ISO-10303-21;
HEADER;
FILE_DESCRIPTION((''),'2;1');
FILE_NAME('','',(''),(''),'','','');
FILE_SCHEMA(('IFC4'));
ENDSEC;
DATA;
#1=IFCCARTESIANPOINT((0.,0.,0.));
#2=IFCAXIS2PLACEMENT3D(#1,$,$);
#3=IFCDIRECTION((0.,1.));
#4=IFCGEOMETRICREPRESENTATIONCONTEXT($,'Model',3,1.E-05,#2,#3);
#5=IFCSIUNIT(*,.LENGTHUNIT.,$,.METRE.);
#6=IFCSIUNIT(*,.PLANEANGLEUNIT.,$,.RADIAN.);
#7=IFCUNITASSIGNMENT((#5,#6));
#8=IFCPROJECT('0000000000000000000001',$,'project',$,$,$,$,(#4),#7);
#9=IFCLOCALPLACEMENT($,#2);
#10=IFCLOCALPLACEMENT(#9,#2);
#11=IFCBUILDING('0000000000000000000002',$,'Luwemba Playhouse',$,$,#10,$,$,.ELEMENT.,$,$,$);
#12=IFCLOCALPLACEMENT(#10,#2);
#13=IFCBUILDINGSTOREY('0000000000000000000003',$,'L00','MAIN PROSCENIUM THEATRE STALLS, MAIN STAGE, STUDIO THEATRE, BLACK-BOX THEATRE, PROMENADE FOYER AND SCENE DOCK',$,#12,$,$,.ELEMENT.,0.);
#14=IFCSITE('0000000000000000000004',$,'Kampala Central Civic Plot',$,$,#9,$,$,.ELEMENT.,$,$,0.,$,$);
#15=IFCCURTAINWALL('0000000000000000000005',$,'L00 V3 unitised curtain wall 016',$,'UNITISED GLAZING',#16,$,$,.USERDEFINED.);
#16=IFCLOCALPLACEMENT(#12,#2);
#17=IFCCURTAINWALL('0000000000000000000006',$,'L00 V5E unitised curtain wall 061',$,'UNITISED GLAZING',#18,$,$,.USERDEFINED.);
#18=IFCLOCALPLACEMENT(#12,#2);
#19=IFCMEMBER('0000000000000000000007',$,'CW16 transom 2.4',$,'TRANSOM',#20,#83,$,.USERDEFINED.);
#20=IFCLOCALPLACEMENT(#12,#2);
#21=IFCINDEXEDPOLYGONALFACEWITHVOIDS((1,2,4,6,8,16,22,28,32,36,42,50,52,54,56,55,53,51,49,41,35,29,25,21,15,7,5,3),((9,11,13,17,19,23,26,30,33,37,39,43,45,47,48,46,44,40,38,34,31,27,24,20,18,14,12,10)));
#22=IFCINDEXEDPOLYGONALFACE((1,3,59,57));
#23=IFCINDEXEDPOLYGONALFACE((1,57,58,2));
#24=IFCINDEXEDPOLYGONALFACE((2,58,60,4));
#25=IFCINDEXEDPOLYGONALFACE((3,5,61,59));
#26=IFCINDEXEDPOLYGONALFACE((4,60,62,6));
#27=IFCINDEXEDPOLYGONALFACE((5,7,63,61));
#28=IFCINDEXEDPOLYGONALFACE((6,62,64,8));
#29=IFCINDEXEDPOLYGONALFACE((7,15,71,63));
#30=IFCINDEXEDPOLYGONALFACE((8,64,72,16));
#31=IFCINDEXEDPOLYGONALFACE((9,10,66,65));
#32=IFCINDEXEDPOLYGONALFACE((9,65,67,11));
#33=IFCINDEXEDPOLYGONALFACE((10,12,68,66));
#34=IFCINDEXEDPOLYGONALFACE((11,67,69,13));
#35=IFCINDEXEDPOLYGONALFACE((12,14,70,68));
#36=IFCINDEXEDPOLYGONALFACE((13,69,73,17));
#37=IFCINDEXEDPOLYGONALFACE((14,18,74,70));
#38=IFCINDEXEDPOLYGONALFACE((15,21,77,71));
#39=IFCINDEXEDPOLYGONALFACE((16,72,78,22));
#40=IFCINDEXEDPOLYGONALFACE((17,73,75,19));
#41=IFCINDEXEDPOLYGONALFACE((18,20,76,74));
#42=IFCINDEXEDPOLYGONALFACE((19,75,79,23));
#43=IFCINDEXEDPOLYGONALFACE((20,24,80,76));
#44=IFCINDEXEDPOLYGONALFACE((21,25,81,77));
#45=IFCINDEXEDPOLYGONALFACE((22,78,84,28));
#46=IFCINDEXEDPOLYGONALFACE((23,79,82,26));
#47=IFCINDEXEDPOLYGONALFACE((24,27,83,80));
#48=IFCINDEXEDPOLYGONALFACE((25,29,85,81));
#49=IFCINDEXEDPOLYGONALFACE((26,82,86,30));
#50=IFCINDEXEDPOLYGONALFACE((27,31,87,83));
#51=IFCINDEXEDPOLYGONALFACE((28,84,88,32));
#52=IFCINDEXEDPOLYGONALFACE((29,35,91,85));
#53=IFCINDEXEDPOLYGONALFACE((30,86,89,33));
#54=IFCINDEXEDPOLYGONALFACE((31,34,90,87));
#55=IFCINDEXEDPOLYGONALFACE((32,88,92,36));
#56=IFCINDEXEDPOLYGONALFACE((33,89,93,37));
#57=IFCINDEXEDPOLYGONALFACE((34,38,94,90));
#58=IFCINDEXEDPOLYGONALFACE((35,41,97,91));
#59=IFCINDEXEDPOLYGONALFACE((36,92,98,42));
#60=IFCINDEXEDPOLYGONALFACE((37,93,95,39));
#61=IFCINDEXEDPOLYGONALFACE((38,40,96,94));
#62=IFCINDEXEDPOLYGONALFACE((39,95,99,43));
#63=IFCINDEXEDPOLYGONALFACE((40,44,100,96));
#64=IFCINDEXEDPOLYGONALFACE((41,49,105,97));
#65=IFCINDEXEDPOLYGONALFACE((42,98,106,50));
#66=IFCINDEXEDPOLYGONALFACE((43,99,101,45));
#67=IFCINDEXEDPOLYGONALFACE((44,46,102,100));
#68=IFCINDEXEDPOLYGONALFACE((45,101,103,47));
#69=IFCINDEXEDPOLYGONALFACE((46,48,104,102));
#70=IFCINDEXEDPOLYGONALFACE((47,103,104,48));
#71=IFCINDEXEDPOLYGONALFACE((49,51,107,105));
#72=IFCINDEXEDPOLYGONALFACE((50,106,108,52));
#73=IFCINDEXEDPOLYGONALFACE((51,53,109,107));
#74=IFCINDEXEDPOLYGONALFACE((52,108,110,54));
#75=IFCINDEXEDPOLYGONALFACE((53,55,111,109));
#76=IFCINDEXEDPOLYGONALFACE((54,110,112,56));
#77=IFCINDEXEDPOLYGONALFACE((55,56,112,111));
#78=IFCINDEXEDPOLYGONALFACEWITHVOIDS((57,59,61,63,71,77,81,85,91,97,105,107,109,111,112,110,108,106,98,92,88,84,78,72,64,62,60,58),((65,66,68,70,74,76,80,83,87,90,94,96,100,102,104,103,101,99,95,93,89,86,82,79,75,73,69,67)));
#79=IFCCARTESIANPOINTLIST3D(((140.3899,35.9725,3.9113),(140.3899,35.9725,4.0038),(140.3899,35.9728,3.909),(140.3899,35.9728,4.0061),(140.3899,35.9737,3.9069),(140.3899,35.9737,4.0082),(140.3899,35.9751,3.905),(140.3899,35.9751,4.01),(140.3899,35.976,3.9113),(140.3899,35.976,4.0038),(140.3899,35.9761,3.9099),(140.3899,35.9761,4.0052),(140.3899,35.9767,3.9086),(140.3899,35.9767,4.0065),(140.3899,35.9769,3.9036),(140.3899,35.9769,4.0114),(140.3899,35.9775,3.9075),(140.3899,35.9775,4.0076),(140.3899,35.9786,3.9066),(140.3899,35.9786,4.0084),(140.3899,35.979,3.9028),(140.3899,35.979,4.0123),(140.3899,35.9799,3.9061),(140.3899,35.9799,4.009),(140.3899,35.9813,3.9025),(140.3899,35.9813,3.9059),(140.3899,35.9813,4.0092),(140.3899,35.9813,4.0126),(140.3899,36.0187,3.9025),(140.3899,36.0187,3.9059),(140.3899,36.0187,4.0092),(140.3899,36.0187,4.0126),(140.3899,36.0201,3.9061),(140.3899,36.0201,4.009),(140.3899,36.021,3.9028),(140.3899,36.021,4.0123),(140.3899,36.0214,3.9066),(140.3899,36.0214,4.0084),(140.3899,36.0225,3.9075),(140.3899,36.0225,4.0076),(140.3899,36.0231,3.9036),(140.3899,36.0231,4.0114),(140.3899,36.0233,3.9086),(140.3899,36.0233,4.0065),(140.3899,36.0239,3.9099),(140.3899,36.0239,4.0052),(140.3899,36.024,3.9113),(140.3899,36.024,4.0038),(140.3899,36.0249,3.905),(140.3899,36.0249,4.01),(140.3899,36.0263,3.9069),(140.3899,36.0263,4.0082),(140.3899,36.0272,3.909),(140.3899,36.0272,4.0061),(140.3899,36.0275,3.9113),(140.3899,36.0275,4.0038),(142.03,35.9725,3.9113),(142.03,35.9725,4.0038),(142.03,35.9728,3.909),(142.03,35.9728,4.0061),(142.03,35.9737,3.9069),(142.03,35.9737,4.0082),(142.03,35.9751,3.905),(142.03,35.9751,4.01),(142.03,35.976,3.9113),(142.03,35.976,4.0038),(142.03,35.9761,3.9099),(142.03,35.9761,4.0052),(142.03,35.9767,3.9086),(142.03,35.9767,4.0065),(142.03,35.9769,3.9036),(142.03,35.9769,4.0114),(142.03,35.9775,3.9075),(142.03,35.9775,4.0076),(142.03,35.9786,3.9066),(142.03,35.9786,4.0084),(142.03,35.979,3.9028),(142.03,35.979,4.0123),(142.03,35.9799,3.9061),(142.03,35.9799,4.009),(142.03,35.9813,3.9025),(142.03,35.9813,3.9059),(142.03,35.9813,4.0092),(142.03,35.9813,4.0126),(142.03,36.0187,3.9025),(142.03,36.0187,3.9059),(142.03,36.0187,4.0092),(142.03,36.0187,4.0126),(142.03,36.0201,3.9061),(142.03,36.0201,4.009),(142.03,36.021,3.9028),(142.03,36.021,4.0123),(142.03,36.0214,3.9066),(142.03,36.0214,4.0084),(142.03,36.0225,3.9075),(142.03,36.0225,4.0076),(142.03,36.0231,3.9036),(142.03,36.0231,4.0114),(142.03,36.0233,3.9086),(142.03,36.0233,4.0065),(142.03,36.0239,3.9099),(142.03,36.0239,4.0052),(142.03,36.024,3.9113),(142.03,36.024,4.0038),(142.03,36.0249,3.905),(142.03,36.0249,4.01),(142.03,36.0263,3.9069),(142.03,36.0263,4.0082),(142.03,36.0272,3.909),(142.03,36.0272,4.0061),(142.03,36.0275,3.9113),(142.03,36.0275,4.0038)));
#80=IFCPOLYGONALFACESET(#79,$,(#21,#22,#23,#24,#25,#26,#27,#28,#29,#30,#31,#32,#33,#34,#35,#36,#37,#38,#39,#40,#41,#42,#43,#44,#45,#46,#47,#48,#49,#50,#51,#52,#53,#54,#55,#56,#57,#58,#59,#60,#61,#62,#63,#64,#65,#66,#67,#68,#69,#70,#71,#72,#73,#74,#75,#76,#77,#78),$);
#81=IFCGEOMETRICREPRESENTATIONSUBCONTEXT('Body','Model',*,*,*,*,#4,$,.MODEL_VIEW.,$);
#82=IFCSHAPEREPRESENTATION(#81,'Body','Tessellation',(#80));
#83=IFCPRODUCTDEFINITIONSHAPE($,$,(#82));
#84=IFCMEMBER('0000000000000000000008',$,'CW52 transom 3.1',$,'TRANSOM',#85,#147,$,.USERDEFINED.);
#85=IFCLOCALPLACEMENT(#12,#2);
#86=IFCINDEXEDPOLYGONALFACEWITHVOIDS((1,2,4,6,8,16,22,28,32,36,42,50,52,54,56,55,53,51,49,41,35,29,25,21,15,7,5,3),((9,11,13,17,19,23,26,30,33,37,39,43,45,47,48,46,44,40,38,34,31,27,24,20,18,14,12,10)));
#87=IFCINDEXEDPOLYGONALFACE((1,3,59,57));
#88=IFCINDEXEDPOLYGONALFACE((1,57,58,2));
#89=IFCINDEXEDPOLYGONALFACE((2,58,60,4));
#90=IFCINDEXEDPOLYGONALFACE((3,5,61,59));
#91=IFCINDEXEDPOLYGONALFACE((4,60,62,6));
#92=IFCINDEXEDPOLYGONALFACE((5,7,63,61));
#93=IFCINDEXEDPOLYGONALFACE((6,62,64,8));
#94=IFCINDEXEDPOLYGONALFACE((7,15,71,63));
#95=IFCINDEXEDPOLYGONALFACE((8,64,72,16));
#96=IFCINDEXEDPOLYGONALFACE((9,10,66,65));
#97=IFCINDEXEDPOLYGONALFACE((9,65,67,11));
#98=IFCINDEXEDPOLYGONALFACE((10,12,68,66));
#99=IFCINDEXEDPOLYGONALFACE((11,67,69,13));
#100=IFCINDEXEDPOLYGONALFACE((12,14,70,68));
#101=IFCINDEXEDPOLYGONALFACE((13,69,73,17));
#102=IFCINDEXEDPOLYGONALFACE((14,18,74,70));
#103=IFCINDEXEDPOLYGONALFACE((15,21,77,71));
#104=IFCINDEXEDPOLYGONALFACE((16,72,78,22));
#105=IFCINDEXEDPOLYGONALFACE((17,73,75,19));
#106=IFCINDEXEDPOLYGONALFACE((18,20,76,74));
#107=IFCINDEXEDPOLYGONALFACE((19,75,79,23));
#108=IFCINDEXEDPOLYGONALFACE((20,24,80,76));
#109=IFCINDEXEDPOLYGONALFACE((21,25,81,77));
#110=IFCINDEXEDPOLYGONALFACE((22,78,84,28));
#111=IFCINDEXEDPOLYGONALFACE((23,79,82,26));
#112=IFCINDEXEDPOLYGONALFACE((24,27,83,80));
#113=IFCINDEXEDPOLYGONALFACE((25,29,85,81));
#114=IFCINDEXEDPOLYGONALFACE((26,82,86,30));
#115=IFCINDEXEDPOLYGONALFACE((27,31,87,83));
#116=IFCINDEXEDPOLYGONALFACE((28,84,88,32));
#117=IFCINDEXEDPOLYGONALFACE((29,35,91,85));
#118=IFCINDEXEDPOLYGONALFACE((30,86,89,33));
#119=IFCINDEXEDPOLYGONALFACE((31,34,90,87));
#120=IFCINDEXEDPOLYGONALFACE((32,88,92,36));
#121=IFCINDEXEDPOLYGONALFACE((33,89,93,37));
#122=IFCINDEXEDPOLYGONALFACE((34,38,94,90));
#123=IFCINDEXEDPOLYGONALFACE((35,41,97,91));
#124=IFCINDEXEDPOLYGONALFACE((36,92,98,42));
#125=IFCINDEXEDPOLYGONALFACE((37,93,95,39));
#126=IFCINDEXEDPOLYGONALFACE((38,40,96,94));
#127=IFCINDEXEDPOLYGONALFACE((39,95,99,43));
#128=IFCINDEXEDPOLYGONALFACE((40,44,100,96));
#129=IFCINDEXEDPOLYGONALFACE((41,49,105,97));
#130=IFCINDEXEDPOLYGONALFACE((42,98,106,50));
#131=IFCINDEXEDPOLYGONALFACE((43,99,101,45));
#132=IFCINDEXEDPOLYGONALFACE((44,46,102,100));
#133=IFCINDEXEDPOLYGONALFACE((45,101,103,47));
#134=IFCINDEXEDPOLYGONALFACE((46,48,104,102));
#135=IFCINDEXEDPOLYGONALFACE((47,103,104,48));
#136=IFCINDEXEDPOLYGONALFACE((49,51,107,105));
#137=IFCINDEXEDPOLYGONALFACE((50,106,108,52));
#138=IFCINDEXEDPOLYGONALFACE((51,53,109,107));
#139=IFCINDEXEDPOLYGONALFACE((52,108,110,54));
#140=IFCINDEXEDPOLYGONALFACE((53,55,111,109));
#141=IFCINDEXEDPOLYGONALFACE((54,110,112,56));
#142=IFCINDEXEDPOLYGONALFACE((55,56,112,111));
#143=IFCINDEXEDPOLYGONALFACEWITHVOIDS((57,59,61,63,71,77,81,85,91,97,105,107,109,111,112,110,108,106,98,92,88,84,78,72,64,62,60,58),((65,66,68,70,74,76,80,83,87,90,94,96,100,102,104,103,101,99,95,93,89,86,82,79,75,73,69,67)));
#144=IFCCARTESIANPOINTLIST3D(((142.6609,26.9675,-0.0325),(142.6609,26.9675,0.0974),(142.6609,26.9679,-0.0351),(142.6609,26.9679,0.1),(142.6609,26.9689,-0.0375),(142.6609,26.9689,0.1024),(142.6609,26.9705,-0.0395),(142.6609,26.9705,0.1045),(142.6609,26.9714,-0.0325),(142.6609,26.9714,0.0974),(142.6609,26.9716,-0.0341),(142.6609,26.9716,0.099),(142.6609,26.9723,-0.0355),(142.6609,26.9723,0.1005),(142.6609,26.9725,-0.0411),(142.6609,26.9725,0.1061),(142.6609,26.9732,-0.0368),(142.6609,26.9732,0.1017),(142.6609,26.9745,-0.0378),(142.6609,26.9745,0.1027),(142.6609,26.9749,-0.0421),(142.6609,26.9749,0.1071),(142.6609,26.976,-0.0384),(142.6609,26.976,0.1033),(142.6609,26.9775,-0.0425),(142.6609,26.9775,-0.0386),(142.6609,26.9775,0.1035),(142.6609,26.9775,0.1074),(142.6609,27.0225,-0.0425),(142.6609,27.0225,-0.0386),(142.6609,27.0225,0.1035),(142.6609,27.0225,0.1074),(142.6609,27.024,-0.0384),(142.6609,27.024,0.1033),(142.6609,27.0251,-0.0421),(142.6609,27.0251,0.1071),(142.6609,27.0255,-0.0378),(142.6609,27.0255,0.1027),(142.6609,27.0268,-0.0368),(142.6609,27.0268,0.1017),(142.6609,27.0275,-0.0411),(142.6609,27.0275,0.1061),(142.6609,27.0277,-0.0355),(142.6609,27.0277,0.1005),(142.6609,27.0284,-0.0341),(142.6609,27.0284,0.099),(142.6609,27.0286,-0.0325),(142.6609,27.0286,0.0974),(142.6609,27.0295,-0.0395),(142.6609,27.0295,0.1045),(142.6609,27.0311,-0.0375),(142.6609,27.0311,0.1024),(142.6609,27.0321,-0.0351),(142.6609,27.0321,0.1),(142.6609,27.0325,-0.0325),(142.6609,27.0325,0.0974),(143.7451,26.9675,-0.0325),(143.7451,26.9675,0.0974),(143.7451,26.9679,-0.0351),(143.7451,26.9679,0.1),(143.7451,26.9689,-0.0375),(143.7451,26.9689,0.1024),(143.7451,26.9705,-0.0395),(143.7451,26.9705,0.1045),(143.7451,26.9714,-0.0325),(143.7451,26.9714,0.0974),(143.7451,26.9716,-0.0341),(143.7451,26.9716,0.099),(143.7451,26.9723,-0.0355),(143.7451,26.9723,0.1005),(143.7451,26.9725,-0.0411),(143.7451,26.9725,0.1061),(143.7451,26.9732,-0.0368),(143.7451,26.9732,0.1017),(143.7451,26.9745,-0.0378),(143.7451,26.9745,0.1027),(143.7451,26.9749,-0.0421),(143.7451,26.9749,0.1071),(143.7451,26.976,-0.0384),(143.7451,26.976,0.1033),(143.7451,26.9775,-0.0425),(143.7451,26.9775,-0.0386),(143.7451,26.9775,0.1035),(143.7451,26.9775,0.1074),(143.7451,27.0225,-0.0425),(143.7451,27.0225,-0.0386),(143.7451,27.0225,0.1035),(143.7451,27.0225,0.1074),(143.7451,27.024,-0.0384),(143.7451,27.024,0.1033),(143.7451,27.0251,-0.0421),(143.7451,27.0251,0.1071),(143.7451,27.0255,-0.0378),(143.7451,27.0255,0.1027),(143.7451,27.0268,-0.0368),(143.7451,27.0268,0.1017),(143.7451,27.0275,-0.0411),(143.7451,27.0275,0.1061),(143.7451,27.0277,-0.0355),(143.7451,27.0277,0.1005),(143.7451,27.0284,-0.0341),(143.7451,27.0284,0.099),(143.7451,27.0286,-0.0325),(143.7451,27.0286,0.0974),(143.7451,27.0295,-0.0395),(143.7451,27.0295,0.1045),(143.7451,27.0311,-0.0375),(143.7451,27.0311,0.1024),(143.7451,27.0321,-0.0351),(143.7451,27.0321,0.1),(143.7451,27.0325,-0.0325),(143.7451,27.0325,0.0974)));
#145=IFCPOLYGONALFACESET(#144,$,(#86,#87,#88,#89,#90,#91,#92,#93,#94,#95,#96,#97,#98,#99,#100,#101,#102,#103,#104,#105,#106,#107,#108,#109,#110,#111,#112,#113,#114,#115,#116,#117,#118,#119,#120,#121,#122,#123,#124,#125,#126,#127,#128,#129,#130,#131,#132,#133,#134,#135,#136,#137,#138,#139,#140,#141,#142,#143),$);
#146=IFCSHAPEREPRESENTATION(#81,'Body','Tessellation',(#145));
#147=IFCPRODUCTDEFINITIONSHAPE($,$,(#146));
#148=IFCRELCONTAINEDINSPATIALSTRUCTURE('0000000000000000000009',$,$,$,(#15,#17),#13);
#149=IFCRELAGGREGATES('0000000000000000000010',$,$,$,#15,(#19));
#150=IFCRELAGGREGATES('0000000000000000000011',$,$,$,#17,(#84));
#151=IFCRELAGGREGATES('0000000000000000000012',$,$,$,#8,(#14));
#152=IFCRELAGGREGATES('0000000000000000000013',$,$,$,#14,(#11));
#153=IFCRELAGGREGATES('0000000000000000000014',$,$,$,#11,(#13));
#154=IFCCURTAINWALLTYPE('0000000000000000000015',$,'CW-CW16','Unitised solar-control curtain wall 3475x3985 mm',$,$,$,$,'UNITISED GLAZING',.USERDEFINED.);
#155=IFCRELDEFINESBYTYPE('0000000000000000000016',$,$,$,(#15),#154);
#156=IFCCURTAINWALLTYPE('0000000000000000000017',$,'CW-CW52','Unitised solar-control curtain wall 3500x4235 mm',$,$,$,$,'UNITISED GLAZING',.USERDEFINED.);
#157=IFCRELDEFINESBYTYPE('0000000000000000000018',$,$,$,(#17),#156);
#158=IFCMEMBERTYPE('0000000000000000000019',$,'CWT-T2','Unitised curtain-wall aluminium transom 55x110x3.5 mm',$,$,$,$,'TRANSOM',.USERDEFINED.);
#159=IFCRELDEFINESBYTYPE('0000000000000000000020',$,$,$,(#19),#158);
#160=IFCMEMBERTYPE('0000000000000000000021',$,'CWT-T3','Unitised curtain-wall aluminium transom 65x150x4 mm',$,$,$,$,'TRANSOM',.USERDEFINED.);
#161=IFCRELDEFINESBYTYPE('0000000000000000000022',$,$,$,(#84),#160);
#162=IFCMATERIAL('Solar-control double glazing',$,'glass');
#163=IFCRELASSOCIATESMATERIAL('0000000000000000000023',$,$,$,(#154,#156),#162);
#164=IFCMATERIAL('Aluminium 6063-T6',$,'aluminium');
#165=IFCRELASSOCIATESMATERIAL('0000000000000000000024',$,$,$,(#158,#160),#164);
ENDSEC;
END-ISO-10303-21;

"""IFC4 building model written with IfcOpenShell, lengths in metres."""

from ifc_helpers import new_model, si_unit, direction, frame, origin, origin_2d, place, context, subcontext, project, spatial, hollow_rectangle, extrude, material, material_profile, profile_set, type_object, element, aggregate, save


model = new_model("IFC4")

# Units and contexts
model_context = context("Model", 3, precision=1e-05, world=origin(), true_north=direction((0.0, 1.0)))
body_context = subcontext(model_context, "Body", "Model", "MODEL_VIEW")
ifc_project = project(units=[si_unit("LENGTHUNIT", "METRE"), si_unit("PLANEANGLEUNIT", "RADIAN")], contexts=[model_context])

# Site, building, storey
site_placement = place(None, origin())
site = spatial("IfcSite", under=ifc_project, at=site_placement, Name="Kampala Central Civic Plot", CompositionType="ELEMENT", RefElevation=0.0)
building_placement = place(site_placement, origin())
building = spatial("IfcBuilding", under=site, at=building_placement, Name="Luwemba Playhouse", CompositionType="ELEMENT")
storey_placement = place(building_placement, origin())
storey = spatial("IfcBuildingStorey", under=building, at=storey_placement, Name="L00", Description="MAIN PROSCENIUM THEATRE STALLS, MAIN STAGE, STUDIO THEATRE, BLACK-BOX THEATRE, PROMENADE FOYER AND SCENE DOCK", CompositionType="ELEMENT", Elevation=0.0)

# Curtain wall
ifc_material_1 = material(Name="Solar-control double glazing", Category="glass")
curtain_wall_type_1 = type_object("IfcCurtainWallType", Name="CW-CW16", Description="Unitised solar-control curtain wall 3475x3985 mm", ElementType="UNITISED GLAZING", PredefinedType="USERDEFINED", material=ifc_material_1)
curtain_wall_1_placement = place(storey_placement, origin())
curtain_wall_1 = element("IfcCurtainWall", 1, at=curtain_wall_1_placement, inside=storey, type_object=curtain_wall_type_1, Name="L00 V3 unitised curtain wall 016", ObjectType="UNITISED GLAZING", PredefinedType="USERDEFINED")
ifc_material_2 = material(Name="Aluminium 6063-T6", Category="aluminium")

# Curtain wall
curtain_wall_type_2 = type_object("IfcCurtainWallType", Name="CW-CW52", Description="Unitised solar-control curtain wall 3500x4235 mm", ElementType="UNITISED GLAZING", PredefinedType="USERDEFINED", material=ifc_material_1)
curtain_wall_2_placement = place(storey_placement, origin())
curtain_wall_2 = element("IfcCurtainWall", 2, at=curtain_wall_2_placement, inside=storey, type_object=curtain_wall_type_2, Name="L00 V5E unitised curtain wall 061", ObjectType="UNITISED GLAZING", PredefinedType="USERDEFINED")

# Members
ifc_material_profile_1 = material_profile(ifc_material_2, hollow_rectangle(XDim=0.0549, YDim=0.1101, WallThickness=0.0034, InnerFilletRadius=0.0054, OuterFilletRadius=0.0088, at=origin_2d()))
ifc_profile_set_1 = profile_set([ifc_material_profile_1], Name="Aluminium 6063-T6")
member_type_1 = type_object("IfcMemberType", Name="CWT-T2", Description="Unitised curtain-wall aluminium transom 55x110x3.5 mm", ElementType="TRANSOM", PredefinedType="USERDEFINED", material=ifc_profile_set_1)
member_1_placement = place(storey_placement, frame((142.03, 36.0, 3.9575), z_axis=(-1.0, 0.0, 0.0), x_axis=(0.0, -1.0, 0.0)))
member_1 = element("IfcMember", 3, at=member_1_placement, type_object=member_type_1, Name="CW16 transom 2.4", ObjectType="TRANSOM", PredefinedType="USERDEFINED", context=body_context, shape_type="SweptSolid", body=[
    extrude(hollow_rectangle(XDim=0.0549, YDim=0.1101, WallThickness=0.0034, InnerFilletRadius=0.0054, OuterFilletRadius=0.0088, at=origin_2d()), origin(), (0.0, 0.0, 1.0), 1.6401),
])
ifc_material_profile_2 = material_profile(ifc_material_2, hollow_rectangle(XDim=0.0649, YDim=0.1499, WallThickness=0.0039, InnerFilletRadius=0.0061, OuterFilletRadius=0.01, at=origin_2d()))
ifc_profile_set_2 = profile_set([ifc_material_profile_2], Name="Aluminium 6063-T6")
member_type_2 = type_object("IfcMemberType", Name="CWT-T3", Description="Unitised curtain-wall aluminium transom 65x150x4 mm", ElementType="TRANSOM", PredefinedType="USERDEFINED", material=ifc_profile_set_2)
member_2_placement = place(storey_placement, frame((142.6609, 27.0, 0.0325), z_axis=(1.0, 0.0, 0.0), x_axis=(0.0, 1.0, 0.0)))
member_2 = element("IfcMember", 4, at=member_2_placement, type_object=member_type_2, Name="CW52 transom 3.1", ObjectType="TRANSOM", PredefinedType="USERDEFINED", context=body_context, shape_type="SweptSolid", body=[
    extrude(hollow_rectangle(XDim=0.0649, YDim=0.1499, WallThickness=0.0039, InnerFilletRadius=0.0061, OuterFilletRadius=0.01, at=origin_2d()), origin(), (0.0, 0.0, 1.0), 1.0842),
])

aggregate(curtain_wall_1, [member_1])
aggregate(curtain_wall_2, [member_2])

save(model, "model.ifc")
